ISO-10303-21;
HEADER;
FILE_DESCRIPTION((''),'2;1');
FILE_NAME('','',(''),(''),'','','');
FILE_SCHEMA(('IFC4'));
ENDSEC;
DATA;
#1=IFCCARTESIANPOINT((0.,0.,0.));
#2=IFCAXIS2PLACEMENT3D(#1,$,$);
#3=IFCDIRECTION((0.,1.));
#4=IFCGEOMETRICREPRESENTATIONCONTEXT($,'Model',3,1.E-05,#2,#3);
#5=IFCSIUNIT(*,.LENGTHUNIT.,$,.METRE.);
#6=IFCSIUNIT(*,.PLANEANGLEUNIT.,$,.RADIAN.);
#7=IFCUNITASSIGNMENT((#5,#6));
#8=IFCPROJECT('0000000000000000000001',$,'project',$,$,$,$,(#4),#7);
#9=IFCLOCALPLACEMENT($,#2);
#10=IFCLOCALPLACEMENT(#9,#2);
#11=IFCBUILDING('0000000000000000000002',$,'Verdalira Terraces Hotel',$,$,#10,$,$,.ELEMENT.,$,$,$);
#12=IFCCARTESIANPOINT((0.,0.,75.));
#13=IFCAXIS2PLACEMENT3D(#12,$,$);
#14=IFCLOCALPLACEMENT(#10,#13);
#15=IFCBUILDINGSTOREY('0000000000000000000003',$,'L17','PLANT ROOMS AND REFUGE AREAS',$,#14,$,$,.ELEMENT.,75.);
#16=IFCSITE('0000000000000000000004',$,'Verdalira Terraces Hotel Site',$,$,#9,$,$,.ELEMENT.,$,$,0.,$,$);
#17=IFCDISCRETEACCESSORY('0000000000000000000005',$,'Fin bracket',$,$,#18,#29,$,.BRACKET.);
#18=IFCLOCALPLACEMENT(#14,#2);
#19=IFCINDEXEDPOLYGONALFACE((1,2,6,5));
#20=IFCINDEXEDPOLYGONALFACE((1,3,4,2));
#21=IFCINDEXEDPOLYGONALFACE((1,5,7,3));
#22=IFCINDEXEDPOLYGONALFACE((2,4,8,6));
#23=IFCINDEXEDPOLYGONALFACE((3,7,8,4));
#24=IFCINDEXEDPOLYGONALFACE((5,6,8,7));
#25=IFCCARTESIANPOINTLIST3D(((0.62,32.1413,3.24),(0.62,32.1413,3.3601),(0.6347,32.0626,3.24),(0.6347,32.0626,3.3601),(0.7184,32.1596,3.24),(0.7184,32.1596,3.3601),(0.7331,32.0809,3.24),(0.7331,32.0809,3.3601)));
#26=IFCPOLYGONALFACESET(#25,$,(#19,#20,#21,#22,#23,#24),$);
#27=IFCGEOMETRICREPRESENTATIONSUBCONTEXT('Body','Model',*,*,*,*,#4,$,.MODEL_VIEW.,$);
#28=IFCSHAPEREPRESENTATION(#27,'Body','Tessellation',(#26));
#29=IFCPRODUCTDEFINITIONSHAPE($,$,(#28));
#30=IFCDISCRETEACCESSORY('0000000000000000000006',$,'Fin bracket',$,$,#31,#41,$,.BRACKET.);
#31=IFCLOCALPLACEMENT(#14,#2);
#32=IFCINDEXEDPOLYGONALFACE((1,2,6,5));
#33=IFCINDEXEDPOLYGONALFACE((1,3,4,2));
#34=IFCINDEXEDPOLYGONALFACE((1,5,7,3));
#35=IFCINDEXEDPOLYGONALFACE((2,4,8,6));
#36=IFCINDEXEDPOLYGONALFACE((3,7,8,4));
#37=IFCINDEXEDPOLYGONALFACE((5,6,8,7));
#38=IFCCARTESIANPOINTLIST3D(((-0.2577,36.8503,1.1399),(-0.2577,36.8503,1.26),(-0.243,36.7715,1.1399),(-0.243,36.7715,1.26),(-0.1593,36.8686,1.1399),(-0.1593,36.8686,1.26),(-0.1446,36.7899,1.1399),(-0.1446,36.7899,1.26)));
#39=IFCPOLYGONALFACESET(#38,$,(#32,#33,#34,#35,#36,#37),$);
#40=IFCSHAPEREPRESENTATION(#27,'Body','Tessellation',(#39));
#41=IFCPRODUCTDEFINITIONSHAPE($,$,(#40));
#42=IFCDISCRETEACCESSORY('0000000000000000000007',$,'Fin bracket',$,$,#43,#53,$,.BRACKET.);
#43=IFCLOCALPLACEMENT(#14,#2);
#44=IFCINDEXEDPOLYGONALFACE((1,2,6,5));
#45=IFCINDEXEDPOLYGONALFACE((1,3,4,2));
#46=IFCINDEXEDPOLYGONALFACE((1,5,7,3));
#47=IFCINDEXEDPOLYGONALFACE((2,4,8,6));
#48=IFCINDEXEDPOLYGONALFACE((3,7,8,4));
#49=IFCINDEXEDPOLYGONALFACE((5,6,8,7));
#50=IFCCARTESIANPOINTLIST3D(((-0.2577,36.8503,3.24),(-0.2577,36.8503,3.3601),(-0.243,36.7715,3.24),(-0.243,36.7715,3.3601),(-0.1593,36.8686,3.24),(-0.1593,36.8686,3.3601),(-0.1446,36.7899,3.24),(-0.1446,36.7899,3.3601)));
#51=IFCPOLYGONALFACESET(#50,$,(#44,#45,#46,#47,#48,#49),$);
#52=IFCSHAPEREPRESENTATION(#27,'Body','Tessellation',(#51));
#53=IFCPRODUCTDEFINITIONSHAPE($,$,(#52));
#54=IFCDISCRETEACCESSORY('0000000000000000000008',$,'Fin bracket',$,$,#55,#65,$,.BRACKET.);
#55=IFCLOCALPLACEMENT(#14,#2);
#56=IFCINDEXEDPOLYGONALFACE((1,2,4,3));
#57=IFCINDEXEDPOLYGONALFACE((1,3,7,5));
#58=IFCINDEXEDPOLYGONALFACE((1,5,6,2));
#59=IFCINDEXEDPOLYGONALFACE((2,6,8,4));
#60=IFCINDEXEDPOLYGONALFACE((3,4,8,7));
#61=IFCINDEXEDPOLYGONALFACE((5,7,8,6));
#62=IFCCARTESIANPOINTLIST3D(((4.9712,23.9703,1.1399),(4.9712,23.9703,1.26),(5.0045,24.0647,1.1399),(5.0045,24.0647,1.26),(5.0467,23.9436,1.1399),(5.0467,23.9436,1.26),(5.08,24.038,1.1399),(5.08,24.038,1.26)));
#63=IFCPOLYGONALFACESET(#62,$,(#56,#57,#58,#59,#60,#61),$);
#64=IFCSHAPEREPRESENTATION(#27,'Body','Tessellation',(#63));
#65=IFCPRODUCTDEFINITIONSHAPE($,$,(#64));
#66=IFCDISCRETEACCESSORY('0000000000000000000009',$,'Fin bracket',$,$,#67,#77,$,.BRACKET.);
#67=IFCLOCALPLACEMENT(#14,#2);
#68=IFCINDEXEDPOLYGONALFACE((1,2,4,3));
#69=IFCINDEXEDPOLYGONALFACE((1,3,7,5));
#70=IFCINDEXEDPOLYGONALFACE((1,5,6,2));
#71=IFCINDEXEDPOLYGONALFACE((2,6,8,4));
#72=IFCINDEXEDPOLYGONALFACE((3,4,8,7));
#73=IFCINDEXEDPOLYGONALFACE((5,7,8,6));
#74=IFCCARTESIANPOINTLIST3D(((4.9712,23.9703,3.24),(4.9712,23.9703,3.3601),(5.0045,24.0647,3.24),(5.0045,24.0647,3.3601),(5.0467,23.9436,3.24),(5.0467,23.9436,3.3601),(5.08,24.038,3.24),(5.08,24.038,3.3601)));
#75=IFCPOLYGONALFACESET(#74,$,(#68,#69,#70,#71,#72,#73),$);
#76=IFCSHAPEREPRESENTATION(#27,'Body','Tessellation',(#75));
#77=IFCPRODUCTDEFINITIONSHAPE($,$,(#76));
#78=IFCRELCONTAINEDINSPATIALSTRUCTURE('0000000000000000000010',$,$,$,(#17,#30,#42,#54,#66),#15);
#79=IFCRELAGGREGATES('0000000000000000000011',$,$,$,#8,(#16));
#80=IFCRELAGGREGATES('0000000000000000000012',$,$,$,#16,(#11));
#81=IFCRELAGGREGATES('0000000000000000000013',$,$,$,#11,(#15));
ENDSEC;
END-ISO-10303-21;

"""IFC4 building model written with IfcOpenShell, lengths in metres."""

from ifc_helpers import new_model, si_unit, direction, frame, origin, origin_2d, place, context, subcontext, project, spatial, rectangle, extrude, element, save


model = new_model("IFC4")

# Units and contexts
model_context = context("Model", 3, precision=1e-05, world=origin(), true_north=direction((0.0, 1.0)))
body_context = subcontext(model_context, "Body", "Model", "MODEL_VIEW")
ifc_project = project(units=[si_unit("LENGTHUNIT", "METRE"), si_unit("PLANEANGLEUNIT", "RADIAN")], contexts=[model_context])

# Site, building, storey
site_placement = place(None, origin())
site = spatial("IfcSite", under=ifc_project, at=site_placement, Name="Verdalira Terraces Hotel Site", CompositionType="ELEMENT", RefElevation=0.0)
building_placement = place(site_placement, origin())
building = spatial("IfcBuilding", under=site, at=building_placement, Name="Verdalira Terraces Hotel", CompositionType="ELEMENT")
storey_placement = place(building_placement, frame((0.0, 0.0, 75.0)))
storey = spatial("IfcBuildingStorey", under=building, at=storey_placement, Name="L17", Description="PLANT ROOMS AND REFUGE AREAS", CompositionType="ELEMENT", Elevation=75.0)

# Discrete accessories
for number, where, z_axis, x_axis, name in (
    (1, (0.6765, 32.1111, 3.24), (0.0, 0.0, 1.0), (-0.183265, 0.983064, 0.0), "Fin bracket"),
    (2, (-0.2012, 36.8201, 1.1399), (0.0, 0.0, 1.0), (-0.183265, 0.983064, 0.0), "Fin bracket"),
    (3, (-0.2012, 36.8201, 3.24), (0.0, 0.0, 1.0), (-0.183265, 0.983064, 0.0), "Fin bracket"),
    (4, (5.0256, 24.0041, 1.1399), (0.0, 0.0, 1.0), (-0.942991, 0.33282, 0.0), "Fin bracket"),
    (5, (5.0256, 24.0041, 3.24), (0.0, 0.0, 1.0), (-0.942991, 0.33282, 0.0), "Fin bracket"),
):
    element("IfcDiscreteAccessory", number, at=place(storey_placement, frame(where, z_axis=z_axis, x_axis=x_axis)), inside=storey, Name=name, PredefinedType="BRACKET", context=body_context, shape_type="SweptSolid", body=[
        extrude(rectangle(XDim=0.0801, YDim=0.1001, at=origin_2d()), origin(), (0.0, 0.0, 1.0), 0.1201),
    ])

save(model, "model.ifc")
